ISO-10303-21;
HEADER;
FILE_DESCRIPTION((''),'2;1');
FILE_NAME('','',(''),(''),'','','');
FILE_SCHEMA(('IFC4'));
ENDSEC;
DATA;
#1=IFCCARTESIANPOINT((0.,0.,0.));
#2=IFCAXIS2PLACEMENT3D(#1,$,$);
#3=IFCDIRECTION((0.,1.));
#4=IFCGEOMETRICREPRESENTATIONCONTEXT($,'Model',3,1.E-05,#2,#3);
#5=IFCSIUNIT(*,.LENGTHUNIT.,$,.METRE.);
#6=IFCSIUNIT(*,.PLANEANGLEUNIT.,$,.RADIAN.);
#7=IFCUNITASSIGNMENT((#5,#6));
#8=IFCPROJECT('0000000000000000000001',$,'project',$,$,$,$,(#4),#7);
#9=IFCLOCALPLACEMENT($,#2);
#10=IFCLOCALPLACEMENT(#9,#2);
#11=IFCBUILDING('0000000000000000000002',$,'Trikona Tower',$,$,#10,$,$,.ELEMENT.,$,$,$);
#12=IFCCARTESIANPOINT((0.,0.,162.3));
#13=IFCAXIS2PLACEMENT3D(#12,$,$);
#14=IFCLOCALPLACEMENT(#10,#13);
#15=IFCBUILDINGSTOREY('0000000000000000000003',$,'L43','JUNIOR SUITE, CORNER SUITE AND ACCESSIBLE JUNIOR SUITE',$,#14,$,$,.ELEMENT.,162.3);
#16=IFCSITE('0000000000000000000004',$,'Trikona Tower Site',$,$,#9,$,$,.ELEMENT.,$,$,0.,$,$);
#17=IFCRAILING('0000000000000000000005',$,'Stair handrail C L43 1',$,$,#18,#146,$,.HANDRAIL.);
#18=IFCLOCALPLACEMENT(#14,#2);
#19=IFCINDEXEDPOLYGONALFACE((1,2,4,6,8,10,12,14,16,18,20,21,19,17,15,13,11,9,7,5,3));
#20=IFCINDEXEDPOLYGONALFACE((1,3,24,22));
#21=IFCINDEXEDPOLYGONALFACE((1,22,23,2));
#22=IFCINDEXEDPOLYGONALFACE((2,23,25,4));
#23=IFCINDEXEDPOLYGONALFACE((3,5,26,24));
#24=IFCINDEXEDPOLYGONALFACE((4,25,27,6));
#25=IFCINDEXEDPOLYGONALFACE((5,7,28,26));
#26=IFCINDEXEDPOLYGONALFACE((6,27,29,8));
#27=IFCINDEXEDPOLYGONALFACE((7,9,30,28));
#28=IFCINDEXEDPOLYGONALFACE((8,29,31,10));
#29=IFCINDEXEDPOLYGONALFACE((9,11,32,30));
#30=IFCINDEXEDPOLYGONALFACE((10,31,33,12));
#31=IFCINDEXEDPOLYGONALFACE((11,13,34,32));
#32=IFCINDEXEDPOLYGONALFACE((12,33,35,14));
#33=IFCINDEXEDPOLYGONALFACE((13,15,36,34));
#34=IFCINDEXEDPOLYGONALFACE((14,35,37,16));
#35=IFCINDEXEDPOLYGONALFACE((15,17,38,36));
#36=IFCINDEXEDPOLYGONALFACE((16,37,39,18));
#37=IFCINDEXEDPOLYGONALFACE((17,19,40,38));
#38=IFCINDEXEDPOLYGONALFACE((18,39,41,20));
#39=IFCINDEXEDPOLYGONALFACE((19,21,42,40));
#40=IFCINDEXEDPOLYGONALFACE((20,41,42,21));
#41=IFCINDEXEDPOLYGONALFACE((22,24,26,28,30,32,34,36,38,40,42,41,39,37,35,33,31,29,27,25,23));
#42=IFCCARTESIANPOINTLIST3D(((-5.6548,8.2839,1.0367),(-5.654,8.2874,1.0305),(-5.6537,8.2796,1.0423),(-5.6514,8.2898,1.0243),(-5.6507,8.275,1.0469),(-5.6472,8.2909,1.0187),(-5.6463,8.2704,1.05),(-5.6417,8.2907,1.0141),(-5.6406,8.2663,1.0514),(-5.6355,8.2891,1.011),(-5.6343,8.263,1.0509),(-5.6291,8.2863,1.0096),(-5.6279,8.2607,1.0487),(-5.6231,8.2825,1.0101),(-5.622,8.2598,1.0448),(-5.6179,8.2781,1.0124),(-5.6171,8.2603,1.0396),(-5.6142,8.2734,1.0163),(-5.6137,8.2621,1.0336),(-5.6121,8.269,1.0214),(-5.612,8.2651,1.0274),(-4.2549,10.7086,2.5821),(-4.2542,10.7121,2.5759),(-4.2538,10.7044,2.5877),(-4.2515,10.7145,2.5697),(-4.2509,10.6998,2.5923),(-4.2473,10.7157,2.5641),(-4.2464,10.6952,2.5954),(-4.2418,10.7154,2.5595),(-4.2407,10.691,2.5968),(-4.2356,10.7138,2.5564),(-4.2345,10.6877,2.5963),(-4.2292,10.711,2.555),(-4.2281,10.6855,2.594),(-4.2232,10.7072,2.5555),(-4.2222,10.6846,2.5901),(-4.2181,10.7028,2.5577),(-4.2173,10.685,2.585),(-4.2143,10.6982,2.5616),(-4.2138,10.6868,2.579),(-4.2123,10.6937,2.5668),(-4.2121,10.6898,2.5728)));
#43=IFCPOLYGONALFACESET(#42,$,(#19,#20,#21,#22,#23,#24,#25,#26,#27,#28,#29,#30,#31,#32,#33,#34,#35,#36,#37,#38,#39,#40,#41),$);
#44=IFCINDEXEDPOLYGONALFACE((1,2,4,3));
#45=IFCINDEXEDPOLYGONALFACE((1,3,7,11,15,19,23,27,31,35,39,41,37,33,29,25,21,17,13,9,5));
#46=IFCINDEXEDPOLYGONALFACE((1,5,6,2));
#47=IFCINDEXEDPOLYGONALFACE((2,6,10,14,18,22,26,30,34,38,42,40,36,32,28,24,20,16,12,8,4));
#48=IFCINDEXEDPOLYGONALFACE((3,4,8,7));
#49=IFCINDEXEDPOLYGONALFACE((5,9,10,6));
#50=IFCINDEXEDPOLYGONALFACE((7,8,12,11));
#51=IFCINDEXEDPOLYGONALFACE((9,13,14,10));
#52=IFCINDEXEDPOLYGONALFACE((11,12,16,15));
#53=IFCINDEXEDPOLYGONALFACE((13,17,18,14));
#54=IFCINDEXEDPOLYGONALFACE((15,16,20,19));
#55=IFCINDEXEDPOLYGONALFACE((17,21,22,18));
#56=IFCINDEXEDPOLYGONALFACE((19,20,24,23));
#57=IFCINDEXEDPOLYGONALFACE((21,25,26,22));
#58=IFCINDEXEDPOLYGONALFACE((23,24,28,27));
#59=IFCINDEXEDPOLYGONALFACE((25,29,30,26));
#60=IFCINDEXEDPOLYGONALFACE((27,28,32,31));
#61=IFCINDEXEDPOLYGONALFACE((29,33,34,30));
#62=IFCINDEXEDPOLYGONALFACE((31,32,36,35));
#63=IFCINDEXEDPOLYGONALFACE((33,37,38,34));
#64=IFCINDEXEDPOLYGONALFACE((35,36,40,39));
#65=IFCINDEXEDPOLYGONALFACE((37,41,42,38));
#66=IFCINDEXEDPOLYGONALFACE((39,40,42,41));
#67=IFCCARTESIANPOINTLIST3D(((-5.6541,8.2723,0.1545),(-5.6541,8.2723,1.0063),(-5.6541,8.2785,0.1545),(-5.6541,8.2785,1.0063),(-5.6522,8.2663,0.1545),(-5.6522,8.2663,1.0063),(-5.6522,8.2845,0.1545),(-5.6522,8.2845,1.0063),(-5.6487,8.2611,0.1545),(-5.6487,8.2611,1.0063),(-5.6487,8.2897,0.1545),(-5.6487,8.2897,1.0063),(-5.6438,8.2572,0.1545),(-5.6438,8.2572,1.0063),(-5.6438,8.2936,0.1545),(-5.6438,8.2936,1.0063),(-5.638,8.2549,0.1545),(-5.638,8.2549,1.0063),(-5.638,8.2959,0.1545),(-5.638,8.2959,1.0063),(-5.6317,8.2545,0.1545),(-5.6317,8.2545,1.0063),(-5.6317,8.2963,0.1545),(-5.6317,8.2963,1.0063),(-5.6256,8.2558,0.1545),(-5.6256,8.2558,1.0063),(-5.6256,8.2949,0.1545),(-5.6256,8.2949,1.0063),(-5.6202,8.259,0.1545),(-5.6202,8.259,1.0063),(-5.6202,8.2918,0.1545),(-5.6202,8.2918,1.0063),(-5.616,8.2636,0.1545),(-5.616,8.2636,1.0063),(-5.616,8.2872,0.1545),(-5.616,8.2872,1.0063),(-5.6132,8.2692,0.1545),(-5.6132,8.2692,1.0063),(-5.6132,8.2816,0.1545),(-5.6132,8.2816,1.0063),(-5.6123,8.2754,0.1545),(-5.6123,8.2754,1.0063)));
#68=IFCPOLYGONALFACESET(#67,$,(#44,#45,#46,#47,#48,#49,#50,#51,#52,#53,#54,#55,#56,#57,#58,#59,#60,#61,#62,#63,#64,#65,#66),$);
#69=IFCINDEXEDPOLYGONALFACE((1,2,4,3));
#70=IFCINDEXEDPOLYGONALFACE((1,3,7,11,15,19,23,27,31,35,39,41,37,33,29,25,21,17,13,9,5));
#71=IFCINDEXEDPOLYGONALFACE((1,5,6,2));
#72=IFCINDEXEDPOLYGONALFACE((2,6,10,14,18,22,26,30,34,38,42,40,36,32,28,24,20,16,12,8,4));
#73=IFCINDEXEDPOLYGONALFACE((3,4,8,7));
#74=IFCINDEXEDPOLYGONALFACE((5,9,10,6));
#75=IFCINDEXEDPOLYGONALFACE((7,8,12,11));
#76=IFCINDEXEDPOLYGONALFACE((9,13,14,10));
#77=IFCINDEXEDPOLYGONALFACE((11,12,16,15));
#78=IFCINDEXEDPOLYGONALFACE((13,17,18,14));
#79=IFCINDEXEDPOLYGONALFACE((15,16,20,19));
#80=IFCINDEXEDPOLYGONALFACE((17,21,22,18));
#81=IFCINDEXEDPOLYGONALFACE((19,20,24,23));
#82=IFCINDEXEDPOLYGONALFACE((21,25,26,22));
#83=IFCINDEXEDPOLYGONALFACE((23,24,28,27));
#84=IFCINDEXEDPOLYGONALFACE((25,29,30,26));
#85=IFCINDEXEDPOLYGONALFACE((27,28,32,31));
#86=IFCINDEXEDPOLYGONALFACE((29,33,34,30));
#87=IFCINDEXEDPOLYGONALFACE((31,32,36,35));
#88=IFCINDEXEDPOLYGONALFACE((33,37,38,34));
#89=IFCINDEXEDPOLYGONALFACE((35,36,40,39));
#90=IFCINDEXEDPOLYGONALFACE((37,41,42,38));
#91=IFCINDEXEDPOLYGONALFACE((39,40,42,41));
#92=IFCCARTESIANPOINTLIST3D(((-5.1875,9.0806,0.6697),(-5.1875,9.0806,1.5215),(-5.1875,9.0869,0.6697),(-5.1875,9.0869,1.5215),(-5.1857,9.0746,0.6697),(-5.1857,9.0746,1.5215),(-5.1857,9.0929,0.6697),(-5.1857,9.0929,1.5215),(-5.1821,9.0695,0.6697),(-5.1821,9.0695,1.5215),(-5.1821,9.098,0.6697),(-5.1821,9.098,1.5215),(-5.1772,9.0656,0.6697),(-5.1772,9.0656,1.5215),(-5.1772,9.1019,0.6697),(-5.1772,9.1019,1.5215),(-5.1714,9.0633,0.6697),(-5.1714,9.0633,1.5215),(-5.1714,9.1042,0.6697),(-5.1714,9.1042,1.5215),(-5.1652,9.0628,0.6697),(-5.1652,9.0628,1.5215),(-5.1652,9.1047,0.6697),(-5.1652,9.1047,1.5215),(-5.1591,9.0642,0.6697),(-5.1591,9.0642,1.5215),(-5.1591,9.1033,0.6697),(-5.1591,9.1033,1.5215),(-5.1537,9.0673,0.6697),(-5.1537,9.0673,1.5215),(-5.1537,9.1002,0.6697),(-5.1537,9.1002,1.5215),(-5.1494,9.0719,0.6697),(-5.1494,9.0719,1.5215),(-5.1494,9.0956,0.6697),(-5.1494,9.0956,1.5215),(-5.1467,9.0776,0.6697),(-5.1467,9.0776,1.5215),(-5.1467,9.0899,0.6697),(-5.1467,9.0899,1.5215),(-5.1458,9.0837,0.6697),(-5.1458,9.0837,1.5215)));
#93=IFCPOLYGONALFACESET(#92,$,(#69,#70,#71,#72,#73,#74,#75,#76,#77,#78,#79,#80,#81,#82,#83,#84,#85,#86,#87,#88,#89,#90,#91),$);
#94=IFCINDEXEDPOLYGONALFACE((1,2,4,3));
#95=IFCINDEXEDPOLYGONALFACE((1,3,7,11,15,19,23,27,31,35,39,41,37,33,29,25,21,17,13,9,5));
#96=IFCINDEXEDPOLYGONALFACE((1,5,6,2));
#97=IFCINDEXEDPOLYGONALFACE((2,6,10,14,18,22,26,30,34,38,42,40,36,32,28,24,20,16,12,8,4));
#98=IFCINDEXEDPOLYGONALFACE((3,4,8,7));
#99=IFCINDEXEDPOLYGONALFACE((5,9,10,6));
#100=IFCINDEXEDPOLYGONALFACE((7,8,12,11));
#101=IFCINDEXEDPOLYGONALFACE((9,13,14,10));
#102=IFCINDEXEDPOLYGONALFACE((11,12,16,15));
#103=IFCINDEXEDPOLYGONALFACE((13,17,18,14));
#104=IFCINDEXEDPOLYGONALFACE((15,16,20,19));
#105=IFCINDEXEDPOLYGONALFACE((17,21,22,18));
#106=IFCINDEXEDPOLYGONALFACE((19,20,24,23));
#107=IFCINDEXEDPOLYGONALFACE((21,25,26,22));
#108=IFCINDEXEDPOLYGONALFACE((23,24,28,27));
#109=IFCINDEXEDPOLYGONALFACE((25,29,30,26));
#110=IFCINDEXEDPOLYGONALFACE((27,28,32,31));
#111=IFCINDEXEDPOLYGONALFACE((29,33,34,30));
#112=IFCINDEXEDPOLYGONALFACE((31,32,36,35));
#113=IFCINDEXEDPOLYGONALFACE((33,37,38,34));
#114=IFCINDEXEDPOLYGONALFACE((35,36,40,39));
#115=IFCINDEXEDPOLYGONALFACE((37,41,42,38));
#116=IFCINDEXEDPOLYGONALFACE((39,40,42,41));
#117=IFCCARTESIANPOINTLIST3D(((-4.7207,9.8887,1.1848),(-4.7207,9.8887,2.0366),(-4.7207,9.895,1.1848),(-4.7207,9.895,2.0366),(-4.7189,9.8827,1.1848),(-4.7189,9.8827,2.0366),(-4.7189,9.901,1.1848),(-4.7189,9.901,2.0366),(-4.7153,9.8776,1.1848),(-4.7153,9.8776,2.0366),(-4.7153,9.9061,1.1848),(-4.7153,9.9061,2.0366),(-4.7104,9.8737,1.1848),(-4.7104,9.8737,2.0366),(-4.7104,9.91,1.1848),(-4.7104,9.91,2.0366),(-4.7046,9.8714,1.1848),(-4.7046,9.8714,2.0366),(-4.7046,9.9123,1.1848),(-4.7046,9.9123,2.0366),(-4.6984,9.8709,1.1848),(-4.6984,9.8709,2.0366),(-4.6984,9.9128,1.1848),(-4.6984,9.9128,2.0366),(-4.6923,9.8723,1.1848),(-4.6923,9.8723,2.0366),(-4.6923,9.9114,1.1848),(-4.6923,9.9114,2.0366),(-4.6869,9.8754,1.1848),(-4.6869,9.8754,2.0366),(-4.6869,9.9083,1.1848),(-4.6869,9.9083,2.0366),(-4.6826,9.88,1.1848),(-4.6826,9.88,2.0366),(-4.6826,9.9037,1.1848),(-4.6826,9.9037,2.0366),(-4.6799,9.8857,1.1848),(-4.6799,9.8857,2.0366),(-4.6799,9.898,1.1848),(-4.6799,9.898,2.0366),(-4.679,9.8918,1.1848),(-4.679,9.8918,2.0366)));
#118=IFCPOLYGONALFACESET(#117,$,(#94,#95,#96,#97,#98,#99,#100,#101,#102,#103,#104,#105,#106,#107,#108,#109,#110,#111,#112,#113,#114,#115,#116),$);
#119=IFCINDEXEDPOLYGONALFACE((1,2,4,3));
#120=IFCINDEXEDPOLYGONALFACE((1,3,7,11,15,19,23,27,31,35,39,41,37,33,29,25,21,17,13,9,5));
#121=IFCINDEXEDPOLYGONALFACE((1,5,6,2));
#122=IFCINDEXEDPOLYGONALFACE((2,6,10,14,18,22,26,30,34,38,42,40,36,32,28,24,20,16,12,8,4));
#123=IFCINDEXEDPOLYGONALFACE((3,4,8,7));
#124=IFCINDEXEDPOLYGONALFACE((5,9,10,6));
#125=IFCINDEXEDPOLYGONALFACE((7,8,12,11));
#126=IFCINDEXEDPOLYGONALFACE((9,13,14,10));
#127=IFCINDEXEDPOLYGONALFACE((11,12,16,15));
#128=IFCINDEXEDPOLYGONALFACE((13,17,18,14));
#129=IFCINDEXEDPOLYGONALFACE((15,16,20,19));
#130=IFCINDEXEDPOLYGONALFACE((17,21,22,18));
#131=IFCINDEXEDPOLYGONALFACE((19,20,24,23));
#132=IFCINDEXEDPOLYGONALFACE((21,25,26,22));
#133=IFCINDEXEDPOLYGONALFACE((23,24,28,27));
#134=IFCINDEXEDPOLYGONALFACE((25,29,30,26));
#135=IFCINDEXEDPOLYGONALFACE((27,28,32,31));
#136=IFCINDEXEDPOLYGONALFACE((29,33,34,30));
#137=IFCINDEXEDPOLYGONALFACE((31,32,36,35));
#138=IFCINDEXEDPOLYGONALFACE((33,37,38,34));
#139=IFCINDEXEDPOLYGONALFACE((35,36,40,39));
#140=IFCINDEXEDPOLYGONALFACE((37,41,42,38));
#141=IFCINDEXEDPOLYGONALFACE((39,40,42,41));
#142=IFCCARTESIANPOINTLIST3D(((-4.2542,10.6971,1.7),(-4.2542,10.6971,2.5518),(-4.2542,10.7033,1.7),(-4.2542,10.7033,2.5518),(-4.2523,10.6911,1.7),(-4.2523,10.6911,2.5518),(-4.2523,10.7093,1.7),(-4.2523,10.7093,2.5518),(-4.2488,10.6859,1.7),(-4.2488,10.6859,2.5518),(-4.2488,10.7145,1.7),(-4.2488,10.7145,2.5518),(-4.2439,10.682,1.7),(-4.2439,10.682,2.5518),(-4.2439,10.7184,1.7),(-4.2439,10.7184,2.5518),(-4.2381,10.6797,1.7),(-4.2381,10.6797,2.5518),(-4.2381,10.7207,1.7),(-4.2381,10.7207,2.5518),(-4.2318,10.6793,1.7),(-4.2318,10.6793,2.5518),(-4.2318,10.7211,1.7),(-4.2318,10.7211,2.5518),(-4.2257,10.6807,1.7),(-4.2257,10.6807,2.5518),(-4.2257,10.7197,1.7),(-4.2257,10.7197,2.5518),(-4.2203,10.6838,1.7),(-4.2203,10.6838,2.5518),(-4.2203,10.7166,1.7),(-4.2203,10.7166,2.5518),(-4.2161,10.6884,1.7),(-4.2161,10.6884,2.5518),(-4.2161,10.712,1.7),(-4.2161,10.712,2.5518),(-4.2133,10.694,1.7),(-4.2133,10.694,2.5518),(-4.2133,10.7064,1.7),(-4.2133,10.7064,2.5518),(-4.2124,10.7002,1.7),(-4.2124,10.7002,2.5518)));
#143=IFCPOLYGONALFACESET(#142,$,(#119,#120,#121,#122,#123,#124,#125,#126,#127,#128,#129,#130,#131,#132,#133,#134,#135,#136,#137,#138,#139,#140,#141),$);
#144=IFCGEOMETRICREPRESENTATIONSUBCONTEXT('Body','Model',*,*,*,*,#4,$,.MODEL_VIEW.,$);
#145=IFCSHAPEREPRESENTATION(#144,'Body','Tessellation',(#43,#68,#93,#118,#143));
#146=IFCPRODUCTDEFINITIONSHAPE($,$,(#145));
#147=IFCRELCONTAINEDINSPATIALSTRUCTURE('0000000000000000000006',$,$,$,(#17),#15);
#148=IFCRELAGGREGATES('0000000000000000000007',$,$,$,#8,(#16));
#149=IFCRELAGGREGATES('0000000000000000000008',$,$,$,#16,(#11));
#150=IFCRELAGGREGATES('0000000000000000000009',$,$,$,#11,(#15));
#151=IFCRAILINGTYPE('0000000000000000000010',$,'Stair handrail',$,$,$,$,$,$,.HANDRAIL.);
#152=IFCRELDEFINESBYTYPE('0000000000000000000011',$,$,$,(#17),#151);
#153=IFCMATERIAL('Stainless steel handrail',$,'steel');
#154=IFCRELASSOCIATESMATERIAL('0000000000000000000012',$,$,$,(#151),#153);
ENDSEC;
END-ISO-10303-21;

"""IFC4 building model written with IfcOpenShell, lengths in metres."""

from ifc_helpers import new_model, si_unit, direction, frame, origin, origin_2d, place, context, subcontext, project, spatial, circle, extrude, material, type_object, element, save


model = new_model("IFC4")

# Units and contexts
model_context = context("Model", 3, precision=1e-05, world=origin(), true_north=direction((0.0, 1.0)))
body_context = subcontext(model_context, "Body", "Model", "MODEL_VIEW")
ifc_project = project(units=[si_unit("LENGTHUNIT", "METRE"), si_unit("PLANEANGLEUNIT", "RADIAN")], contexts=[model_context])

# Site, building, storey
site_placement = place(None, origin())
site = spatial("IfcSite", under=ifc_project, at=site_placement, Name="Trikona Tower Site", CompositionType="ELEMENT", RefElevation=0.0)
building_placement = place(site_placement, origin())
building = spatial("IfcBuilding", under=site, at=building_placement, Name="Trikona Tower", CompositionType="ELEMENT")
storey_placement = place(building_placement, frame((0.0, 0.0, 162.3)))
storey = spatial("IfcBuildingStorey", under=building, at=storey_placement, Name="L43", Description="JUNIOR SUITE, CORNER SUITE AND ACCESSIBLE JUNIOR SUITE", CompositionType="ELEMENT", Elevation=162.3)

# Railing
ifc_material_1 = material(Name="Stainless steel handrail", Category="steel")
railing_type = type_object("IfcRailingType", Name="Stair handrail", PredefinedType="HANDRAIL", material=ifc_material_1)
railing_1_placement = place(storey_placement, frame((-5.6333, 8.2754, 0.1545)))
element("IfcRailing", 1, at=railing_1_placement, inside=storey, type_object=railing_type, Name="Stair handrail C L43 1", PredefinedType="HANDRAIL", context=body_context, shape_type="SweptSolid", body=[
    extrude(circle(Radius=0.0239, at=origin_2d()), frame((0.0, 0.0, 0.876), z_axis=(0.437733, 0.758207, 0.483231), x_axis=(-0.866035, 0.499984, 0.0)), (0.0, 0.0, 1.0), 3.198),
    extrude(circle(Radius=0.021, at=origin_2d()), origin(), (0.0, 0.0, 1.0), 0.8518),
    extrude(circle(Radius=0.021, at=origin_2d()), frame((0.4666, 0.8083, 0.5151)), (0.0, 0.0, 1.0), 0.8518),
    extrude(circle(Radius=0.021, at=origin_2d()), frame((0.9333, 1.6165, 1.0303)), (0.0, 0.0, 1.0), 0.8518),
    extrude(circle(Radius=0.021, at=origin_2d()), frame((1.3999, 2.4248, 1.5454)), (0.0, 0.0, 1.0), 0.8518),
])

save(model, "model.ifc")
